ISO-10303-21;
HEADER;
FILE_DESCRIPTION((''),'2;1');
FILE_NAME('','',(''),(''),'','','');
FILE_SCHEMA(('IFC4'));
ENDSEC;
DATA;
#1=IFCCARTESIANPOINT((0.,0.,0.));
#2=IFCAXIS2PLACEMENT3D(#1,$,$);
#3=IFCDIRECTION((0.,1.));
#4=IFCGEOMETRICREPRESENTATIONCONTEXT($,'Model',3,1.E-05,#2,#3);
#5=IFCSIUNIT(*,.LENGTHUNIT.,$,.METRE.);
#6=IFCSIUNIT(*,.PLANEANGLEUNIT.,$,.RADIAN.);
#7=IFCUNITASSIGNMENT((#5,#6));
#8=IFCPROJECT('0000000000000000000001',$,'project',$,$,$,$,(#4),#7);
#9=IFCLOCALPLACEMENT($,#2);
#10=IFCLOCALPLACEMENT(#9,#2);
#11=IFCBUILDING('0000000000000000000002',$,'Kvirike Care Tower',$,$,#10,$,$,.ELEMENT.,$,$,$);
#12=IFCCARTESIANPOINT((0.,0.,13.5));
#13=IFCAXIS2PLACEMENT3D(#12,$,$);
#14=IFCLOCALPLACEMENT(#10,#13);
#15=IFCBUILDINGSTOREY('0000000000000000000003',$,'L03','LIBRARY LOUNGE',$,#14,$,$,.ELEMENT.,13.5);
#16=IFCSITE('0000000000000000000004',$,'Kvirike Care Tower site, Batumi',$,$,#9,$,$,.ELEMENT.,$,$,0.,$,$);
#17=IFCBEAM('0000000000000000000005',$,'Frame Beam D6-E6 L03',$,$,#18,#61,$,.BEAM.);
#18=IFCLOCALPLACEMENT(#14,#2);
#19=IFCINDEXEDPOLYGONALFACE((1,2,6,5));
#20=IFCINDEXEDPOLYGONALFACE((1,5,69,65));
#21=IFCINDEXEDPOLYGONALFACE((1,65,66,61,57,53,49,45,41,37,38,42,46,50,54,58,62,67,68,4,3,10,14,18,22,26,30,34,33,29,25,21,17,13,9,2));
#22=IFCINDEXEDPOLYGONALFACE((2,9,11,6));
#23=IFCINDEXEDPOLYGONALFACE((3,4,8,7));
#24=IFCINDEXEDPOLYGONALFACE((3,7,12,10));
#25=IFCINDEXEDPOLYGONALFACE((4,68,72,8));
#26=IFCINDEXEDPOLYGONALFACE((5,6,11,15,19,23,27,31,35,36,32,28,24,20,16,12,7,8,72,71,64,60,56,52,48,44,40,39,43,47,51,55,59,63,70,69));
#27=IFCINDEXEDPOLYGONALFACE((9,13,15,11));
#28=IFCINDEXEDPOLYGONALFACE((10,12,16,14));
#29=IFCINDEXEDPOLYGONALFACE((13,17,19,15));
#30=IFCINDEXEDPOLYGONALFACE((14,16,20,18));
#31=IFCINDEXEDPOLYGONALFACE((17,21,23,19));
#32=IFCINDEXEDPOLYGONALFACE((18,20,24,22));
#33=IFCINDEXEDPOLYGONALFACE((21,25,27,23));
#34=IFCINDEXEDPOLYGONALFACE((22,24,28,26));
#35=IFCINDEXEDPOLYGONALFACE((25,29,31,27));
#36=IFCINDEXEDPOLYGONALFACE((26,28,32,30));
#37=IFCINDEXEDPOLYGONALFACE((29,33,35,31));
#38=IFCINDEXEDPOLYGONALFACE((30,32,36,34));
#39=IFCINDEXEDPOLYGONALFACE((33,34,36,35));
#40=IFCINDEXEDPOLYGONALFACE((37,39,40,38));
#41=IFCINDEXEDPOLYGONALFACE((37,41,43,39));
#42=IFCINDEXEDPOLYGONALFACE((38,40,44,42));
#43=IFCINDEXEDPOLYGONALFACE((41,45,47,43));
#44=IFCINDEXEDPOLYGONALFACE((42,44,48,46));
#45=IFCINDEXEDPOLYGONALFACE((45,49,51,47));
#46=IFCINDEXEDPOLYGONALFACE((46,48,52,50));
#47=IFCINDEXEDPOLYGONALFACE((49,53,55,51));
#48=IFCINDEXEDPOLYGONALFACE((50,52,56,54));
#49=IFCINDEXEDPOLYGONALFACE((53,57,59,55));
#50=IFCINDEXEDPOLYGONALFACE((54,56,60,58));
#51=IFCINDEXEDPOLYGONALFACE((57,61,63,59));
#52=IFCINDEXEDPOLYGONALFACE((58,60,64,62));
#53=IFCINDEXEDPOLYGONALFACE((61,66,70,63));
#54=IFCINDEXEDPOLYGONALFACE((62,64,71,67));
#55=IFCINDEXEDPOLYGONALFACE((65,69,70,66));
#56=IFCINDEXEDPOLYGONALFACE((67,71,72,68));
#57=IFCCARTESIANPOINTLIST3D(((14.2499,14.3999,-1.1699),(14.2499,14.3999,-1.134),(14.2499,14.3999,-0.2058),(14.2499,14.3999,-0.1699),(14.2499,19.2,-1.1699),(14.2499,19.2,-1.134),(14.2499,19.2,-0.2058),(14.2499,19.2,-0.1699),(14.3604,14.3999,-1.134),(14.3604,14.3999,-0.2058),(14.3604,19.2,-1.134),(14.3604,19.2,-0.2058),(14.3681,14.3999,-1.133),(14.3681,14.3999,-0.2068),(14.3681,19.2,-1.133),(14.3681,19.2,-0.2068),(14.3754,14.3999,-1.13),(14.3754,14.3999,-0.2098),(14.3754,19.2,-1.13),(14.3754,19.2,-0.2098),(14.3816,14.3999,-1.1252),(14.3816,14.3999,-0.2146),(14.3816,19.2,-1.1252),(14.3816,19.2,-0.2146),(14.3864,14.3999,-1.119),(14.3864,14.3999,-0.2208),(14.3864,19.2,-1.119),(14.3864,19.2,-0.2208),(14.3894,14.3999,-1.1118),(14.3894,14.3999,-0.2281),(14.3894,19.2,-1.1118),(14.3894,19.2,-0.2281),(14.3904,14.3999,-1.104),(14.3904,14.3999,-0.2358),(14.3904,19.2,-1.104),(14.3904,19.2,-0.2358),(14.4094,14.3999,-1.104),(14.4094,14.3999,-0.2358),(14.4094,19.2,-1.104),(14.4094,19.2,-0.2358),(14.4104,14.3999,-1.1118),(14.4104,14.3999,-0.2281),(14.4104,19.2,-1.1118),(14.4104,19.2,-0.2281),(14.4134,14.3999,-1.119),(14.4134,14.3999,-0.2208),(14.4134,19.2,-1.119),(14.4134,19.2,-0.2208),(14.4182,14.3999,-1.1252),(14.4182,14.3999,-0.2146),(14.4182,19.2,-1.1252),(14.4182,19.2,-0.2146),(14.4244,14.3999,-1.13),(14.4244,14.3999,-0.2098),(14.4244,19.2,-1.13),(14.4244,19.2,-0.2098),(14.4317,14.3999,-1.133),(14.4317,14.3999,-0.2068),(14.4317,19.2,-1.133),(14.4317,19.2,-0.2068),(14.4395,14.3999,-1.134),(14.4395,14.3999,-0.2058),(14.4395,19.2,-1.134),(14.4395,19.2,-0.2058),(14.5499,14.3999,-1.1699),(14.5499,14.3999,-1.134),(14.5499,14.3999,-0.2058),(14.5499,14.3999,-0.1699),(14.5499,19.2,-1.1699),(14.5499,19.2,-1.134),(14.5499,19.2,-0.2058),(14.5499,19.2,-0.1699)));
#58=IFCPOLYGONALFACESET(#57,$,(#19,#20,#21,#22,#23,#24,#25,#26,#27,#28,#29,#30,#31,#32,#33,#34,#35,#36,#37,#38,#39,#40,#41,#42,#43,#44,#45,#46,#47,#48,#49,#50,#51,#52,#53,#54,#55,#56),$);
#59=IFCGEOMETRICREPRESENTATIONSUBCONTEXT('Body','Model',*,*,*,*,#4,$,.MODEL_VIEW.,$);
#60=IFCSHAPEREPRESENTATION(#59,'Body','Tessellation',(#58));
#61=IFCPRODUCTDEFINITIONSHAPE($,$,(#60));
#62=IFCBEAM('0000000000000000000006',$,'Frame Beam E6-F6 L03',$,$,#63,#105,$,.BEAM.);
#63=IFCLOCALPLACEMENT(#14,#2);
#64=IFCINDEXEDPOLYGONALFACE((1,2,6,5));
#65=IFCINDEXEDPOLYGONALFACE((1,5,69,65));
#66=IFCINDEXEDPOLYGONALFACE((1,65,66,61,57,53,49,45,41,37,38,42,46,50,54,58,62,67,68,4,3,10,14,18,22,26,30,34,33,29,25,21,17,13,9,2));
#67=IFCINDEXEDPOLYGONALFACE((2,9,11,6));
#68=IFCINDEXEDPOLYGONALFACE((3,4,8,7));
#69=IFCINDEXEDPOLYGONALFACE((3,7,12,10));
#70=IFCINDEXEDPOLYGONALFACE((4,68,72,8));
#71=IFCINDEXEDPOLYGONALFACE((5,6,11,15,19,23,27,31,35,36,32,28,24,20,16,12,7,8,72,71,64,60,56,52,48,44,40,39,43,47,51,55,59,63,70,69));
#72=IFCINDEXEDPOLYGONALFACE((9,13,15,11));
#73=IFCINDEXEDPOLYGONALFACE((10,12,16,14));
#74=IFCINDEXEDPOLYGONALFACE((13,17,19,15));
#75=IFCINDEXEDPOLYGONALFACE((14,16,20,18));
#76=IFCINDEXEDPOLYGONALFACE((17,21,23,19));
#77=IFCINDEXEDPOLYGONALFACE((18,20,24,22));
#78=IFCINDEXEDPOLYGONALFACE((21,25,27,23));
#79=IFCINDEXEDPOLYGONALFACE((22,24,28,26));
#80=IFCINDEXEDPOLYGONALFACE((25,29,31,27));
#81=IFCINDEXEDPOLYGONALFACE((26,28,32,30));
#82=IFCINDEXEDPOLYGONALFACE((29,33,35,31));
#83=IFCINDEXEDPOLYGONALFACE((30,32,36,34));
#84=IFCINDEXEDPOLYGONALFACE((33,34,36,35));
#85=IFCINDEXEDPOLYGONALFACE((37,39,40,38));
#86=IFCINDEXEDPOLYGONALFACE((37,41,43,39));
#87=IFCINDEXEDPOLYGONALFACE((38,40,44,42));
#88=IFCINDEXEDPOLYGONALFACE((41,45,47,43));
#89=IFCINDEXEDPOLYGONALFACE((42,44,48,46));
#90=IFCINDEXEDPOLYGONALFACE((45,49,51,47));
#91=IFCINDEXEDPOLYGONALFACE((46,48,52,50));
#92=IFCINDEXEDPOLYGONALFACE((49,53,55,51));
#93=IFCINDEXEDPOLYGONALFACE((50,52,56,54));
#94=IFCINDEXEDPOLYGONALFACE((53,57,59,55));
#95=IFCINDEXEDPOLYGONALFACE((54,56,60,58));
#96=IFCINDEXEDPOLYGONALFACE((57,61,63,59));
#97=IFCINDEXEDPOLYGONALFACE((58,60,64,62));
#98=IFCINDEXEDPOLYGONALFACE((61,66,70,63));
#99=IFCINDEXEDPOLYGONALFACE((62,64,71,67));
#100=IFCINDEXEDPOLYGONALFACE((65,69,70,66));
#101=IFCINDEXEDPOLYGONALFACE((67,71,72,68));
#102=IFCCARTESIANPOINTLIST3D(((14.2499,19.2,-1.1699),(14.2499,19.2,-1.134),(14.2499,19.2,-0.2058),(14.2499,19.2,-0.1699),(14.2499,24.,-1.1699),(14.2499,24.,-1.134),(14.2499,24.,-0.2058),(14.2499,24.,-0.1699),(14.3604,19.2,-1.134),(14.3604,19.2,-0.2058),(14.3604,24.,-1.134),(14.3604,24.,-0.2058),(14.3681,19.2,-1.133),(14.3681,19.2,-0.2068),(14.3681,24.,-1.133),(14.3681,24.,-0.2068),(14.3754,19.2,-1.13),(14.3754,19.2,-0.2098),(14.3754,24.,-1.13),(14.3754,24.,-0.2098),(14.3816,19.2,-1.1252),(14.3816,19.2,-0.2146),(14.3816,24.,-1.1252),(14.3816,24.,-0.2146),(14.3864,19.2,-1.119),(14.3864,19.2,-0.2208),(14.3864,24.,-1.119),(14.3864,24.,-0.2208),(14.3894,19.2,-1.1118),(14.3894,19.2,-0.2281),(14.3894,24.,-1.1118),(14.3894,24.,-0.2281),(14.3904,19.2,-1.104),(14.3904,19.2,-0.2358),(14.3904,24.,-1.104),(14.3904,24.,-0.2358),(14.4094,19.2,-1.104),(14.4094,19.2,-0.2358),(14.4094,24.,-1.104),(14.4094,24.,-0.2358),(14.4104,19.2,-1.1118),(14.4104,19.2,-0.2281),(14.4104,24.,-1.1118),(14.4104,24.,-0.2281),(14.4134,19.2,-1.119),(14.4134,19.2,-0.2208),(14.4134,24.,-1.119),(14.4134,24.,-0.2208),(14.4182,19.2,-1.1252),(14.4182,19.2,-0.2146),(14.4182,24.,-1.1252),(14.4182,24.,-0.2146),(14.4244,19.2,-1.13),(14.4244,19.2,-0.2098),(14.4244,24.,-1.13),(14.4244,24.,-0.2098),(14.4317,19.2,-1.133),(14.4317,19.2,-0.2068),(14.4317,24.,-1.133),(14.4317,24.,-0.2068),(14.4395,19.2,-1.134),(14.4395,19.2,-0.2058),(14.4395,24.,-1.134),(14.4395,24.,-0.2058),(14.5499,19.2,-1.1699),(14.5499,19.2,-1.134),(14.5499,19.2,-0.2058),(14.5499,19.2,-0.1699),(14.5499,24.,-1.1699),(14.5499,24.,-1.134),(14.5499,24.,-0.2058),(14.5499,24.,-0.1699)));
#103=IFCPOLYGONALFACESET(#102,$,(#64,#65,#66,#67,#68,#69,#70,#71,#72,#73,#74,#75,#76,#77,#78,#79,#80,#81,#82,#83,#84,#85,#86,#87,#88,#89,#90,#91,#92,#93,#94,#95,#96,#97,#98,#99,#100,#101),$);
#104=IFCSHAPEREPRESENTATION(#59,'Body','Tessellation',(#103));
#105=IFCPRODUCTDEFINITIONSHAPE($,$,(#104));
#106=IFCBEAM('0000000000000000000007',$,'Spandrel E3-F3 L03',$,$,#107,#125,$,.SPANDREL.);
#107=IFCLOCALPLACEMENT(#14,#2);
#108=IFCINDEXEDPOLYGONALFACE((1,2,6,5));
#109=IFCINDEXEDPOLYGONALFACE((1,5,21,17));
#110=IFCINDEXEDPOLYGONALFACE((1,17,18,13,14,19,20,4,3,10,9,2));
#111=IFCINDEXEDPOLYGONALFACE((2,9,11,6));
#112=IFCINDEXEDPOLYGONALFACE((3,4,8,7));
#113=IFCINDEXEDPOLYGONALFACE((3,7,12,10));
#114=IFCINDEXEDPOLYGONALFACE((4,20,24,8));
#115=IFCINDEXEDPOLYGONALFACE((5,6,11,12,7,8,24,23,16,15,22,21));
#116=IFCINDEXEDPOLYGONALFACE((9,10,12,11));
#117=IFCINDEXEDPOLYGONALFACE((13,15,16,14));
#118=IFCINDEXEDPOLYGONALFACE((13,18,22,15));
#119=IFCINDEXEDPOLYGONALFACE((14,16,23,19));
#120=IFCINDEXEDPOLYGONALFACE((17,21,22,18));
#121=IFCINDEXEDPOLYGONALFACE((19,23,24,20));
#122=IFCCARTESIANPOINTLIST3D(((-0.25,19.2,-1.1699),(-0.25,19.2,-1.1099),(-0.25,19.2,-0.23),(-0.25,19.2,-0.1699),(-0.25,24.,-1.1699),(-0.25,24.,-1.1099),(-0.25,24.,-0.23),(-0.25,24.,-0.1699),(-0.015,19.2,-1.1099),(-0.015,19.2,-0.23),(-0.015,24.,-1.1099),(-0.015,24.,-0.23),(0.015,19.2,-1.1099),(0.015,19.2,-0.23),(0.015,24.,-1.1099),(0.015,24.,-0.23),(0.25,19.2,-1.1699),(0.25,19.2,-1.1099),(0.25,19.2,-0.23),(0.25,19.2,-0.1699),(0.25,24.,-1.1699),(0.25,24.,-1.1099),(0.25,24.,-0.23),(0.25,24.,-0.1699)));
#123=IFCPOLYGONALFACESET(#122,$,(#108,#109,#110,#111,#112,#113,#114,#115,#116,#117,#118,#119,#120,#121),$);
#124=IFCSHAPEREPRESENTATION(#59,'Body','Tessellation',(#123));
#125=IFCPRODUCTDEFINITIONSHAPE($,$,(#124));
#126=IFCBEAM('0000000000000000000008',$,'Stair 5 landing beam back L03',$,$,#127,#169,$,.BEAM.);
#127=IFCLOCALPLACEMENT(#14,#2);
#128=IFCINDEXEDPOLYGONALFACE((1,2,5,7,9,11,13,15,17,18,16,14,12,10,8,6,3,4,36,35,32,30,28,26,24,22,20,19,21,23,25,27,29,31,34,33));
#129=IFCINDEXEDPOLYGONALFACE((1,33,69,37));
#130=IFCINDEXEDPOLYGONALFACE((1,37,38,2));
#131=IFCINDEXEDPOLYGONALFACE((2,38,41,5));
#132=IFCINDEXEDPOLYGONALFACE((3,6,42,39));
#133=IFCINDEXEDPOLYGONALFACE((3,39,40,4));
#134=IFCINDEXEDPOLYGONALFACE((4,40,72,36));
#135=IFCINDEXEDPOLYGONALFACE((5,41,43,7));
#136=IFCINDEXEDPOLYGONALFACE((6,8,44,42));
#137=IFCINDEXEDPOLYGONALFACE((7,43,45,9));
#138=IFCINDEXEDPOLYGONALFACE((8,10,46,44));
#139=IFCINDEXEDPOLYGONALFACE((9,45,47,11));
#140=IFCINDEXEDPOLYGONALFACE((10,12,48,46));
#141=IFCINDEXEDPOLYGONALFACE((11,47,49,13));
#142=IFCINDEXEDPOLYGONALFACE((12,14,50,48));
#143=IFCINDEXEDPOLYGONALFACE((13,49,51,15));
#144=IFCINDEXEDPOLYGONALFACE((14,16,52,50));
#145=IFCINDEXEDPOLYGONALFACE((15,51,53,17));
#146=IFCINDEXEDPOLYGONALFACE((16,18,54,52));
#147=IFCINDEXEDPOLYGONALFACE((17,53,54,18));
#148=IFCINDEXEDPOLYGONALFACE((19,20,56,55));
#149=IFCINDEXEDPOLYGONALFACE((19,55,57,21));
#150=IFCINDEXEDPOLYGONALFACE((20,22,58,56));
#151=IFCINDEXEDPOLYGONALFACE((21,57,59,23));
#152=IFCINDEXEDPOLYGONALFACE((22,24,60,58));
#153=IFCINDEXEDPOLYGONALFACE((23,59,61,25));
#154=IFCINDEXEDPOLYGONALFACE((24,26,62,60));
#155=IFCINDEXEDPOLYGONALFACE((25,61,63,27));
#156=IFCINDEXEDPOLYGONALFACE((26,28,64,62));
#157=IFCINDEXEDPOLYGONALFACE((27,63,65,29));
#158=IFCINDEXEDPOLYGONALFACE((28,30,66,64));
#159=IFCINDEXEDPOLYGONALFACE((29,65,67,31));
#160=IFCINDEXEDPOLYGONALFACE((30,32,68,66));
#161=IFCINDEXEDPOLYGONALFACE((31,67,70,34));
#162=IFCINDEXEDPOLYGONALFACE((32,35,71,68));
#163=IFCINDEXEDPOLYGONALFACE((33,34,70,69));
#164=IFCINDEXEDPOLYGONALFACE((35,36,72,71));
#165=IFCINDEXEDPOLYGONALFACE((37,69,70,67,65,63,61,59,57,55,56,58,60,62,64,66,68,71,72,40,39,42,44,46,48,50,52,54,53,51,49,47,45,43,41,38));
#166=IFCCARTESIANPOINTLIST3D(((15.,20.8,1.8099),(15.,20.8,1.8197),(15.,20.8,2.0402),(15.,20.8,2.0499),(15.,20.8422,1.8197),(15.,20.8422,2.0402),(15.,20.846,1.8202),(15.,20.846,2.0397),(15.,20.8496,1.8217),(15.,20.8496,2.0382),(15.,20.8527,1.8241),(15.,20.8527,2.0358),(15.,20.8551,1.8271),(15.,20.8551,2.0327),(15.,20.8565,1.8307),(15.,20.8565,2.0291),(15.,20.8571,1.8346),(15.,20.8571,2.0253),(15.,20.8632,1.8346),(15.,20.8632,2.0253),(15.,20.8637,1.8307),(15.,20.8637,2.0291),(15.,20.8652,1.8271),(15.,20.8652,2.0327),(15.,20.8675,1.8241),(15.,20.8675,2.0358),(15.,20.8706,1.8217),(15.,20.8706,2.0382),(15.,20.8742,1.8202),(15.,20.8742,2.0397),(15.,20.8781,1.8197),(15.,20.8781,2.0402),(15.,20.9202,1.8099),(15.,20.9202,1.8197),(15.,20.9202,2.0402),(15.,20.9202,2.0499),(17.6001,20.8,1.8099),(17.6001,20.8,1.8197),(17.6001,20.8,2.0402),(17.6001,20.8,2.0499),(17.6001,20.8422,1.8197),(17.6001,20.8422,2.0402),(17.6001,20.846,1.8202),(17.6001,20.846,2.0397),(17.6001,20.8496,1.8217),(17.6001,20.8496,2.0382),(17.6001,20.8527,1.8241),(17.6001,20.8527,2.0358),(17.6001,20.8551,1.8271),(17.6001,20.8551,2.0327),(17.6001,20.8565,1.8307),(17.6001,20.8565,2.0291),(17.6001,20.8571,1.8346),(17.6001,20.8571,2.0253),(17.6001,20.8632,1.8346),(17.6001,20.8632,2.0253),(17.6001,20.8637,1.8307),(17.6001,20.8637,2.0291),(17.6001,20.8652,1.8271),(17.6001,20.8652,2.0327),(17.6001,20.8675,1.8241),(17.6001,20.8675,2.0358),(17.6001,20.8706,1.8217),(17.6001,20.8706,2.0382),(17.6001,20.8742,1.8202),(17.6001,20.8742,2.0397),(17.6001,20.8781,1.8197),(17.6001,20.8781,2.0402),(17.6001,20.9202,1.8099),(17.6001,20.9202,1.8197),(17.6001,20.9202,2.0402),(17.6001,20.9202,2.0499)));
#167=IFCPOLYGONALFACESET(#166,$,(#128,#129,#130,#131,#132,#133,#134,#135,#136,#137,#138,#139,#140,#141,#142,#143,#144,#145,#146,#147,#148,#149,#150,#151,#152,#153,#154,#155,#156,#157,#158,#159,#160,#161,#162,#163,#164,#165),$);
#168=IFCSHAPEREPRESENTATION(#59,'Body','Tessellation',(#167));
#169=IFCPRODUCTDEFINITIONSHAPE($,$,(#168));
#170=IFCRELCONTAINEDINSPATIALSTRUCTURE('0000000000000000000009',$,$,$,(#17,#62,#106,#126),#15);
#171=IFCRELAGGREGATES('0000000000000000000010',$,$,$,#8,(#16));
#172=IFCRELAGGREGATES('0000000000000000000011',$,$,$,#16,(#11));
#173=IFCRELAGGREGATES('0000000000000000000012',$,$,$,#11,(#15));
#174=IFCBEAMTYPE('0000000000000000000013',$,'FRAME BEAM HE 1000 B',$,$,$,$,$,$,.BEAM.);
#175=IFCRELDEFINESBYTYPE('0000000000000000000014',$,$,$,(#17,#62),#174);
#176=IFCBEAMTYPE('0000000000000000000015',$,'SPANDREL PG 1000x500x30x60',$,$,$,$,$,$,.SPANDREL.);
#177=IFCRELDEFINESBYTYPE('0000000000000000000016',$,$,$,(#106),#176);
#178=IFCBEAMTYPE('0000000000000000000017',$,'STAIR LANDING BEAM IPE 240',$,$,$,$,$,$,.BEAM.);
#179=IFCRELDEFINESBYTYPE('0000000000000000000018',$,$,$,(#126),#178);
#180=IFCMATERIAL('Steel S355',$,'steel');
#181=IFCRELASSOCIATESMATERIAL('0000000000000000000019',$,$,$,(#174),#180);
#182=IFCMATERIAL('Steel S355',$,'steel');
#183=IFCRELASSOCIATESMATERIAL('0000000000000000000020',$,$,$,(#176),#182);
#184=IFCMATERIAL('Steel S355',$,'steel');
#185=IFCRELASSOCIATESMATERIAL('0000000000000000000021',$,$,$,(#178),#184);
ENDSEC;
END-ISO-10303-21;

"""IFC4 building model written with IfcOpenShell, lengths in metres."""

from ifc_helpers import new_model, si_unit, direction, frame, origin, origin_2d, place, context, subcontext, project, spatial, i_section, extrude, material, material_profile, profile_set, type_object, element, save


model = new_model("IFC4")

# Units and contexts
model_context = context("Model", 3, precision=1e-05, world=origin(), true_north=direction((0.0, 1.0)))
body_context = subcontext(model_context, "Body", "Model", "MODEL_VIEW")
ifc_project = project(units=[si_unit("LENGTHUNIT", "METRE"), si_unit("PLANEANGLEUNIT", "RADIAN")], contexts=[model_context])

# Site, building, storey
site_placement = place(None, origin())
site = spatial("IfcSite", under=ifc_project, at=site_placement, Name="Kvirike Care Tower site, Batumi", CompositionType="ELEMENT", RefElevation=0.0)
building_placement = place(site_placement, origin())
building = spatial("IfcBuilding", under=site, at=building_placement, Name="Kvirike Care Tower", CompositionType="ELEMENT")
storey_placement = place(building_placement, frame((0.0, 0.0, 13.5)))
storey = spatial("IfcBuildingStorey", under=building, at=storey_placement, Name="L03", Description="LIBRARY LOUNGE", CompositionType="ELEMENT", Elevation=13.5)

# Beams
ifc_material_1 = material(Name="Steel S355", Category="steel")
ifc_material_profile_1 = material_profile(ifc_material_1, i_section(OverallWidth=0.3, OverallDepth=1.0, WebThickness=0.019, FlangeThickness=0.0359, FilletRadius=0.03, at=origin_2d()), Name="HE 1000 B")
ifc_profile_set_1 = profile_set([ifc_material_profile_1], Name="Steel S355")
beam_type_1 = type_object("IfcBeamType", Name="FRAME BEAM HE 1000 B", PredefinedType="BEAM", material=ifc_profile_set_1)
for number, where, z_axis, x_axis, name in (
    (1, (14.3999, 14.3999, -0.6699), (0.0, 1.0, 0.0), (-1.0, 0.0, 0.0), "Frame Beam D6-E6 L03"),
    (2, (14.3999, 19.2, -0.6699), (0.0, 1.0, 0.0), (-1.0, 0.0, 0.0), "Frame Beam E6-F6 L03"),
):
    element("IfcBeam", number, at=place(storey_placement, frame(where, z_axis=z_axis, x_axis=x_axis)), inside=storey, type_object=beam_type_1, Name=name, PredefinedType="BEAM", context=body_context, shape_type="SweptSolid", body=[
        extrude(i_section(OverallWidth=0.3, OverallDepth=1.0, WebThickness=0.019, FlangeThickness=0.0359, FilletRadius=0.03, at=origin_2d()), origin(), (0.0, 0.0, 1.0), 4.8),
    ])
ifc_material_2 = material(Name="Steel S355", Category="steel")
ifc_material_profile_2 = material_profile(ifc_material_2, i_section(OverallWidth=0.5, OverallDepth=1.0, WebThickness=0.03, FlangeThickness=0.0601, at=origin_2d()), Name="PG 1000x500x30x60")
ifc_profile_set_2 = profile_set([ifc_material_profile_2], Name="Steel S355")
beam_type_2 = type_object("IfcBeamType", Name="SPANDREL PG 1000x500x30x60", PredefinedType="SPANDREL", material=ifc_profile_set_2)
beam_1_placement = place(storey_placement, frame((0.0, 19.2, -0.6699), z_axis=(0.0, 1.0, 0.0), x_axis=(-1.0, 0.0, 0.0)))
element("IfcBeam", 3, at=beam_1_placement, inside=storey, type_object=beam_type_2, Name="Spandrel E3-F3 L03", PredefinedType="SPANDREL", context=body_context, shape_type="SweptSolid", body=[
    extrude(i_section(OverallWidth=0.5, OverallDepth=1.0, WebThickness=0.03, FlangeThickness=0.0601, at=origin_2d()), origin(), (0.0, 0.0, 1.0), 4.8),
])
ifc_material_3 = material(Name="Steel S355", Category="steel")
ifc_material_profile_3 = material_profile(ifc_material_3, i_section(OverallWidth=0.1201, OverallDepth=0.24, WebThickness=0.0061, FlangeThickness=0.0098, FilletRadius=0.0149, at=origin_2d()), Name="IPE 240")
ifc_profile_set_3 = profile_set([ifc_material_profile_3], Name="Steel S355")
beam_type_3 = type_object("IfcBeamType", Name="STAIR LANDING BEAM IPE 240", PredefinedType="BEAM", material=ifc_profile_set_3)
for number, where, z_axis, x_axis, name in (
    (4, (15.0, 20.8601, 1.9299), (1.0, 0.0, 0.0), (0.0, 1.0, 0.0), "Stair 5 landing beam back L03"),
):
    element("IfcBeam", number, at=place(storey_placement, frame(where, z_axis=z_axis, x_axis=x_axis)), inside=storey, type_object=beam_type_3, Name=name, PredefinedType="BEAM", context=body_context, shape_type="SweptSolid", body=[
        extrude(i_section(OverallWidth=0.1201, OverallDepth=0.24, WebThickness=0.0061, FlangeThickness=0.0098, FilletRadius=0.0149, at=origin_2d()), origin(), (0.0, 0.0, 1.0), 2.6001),
    ])

save(model, "model.ifc")
